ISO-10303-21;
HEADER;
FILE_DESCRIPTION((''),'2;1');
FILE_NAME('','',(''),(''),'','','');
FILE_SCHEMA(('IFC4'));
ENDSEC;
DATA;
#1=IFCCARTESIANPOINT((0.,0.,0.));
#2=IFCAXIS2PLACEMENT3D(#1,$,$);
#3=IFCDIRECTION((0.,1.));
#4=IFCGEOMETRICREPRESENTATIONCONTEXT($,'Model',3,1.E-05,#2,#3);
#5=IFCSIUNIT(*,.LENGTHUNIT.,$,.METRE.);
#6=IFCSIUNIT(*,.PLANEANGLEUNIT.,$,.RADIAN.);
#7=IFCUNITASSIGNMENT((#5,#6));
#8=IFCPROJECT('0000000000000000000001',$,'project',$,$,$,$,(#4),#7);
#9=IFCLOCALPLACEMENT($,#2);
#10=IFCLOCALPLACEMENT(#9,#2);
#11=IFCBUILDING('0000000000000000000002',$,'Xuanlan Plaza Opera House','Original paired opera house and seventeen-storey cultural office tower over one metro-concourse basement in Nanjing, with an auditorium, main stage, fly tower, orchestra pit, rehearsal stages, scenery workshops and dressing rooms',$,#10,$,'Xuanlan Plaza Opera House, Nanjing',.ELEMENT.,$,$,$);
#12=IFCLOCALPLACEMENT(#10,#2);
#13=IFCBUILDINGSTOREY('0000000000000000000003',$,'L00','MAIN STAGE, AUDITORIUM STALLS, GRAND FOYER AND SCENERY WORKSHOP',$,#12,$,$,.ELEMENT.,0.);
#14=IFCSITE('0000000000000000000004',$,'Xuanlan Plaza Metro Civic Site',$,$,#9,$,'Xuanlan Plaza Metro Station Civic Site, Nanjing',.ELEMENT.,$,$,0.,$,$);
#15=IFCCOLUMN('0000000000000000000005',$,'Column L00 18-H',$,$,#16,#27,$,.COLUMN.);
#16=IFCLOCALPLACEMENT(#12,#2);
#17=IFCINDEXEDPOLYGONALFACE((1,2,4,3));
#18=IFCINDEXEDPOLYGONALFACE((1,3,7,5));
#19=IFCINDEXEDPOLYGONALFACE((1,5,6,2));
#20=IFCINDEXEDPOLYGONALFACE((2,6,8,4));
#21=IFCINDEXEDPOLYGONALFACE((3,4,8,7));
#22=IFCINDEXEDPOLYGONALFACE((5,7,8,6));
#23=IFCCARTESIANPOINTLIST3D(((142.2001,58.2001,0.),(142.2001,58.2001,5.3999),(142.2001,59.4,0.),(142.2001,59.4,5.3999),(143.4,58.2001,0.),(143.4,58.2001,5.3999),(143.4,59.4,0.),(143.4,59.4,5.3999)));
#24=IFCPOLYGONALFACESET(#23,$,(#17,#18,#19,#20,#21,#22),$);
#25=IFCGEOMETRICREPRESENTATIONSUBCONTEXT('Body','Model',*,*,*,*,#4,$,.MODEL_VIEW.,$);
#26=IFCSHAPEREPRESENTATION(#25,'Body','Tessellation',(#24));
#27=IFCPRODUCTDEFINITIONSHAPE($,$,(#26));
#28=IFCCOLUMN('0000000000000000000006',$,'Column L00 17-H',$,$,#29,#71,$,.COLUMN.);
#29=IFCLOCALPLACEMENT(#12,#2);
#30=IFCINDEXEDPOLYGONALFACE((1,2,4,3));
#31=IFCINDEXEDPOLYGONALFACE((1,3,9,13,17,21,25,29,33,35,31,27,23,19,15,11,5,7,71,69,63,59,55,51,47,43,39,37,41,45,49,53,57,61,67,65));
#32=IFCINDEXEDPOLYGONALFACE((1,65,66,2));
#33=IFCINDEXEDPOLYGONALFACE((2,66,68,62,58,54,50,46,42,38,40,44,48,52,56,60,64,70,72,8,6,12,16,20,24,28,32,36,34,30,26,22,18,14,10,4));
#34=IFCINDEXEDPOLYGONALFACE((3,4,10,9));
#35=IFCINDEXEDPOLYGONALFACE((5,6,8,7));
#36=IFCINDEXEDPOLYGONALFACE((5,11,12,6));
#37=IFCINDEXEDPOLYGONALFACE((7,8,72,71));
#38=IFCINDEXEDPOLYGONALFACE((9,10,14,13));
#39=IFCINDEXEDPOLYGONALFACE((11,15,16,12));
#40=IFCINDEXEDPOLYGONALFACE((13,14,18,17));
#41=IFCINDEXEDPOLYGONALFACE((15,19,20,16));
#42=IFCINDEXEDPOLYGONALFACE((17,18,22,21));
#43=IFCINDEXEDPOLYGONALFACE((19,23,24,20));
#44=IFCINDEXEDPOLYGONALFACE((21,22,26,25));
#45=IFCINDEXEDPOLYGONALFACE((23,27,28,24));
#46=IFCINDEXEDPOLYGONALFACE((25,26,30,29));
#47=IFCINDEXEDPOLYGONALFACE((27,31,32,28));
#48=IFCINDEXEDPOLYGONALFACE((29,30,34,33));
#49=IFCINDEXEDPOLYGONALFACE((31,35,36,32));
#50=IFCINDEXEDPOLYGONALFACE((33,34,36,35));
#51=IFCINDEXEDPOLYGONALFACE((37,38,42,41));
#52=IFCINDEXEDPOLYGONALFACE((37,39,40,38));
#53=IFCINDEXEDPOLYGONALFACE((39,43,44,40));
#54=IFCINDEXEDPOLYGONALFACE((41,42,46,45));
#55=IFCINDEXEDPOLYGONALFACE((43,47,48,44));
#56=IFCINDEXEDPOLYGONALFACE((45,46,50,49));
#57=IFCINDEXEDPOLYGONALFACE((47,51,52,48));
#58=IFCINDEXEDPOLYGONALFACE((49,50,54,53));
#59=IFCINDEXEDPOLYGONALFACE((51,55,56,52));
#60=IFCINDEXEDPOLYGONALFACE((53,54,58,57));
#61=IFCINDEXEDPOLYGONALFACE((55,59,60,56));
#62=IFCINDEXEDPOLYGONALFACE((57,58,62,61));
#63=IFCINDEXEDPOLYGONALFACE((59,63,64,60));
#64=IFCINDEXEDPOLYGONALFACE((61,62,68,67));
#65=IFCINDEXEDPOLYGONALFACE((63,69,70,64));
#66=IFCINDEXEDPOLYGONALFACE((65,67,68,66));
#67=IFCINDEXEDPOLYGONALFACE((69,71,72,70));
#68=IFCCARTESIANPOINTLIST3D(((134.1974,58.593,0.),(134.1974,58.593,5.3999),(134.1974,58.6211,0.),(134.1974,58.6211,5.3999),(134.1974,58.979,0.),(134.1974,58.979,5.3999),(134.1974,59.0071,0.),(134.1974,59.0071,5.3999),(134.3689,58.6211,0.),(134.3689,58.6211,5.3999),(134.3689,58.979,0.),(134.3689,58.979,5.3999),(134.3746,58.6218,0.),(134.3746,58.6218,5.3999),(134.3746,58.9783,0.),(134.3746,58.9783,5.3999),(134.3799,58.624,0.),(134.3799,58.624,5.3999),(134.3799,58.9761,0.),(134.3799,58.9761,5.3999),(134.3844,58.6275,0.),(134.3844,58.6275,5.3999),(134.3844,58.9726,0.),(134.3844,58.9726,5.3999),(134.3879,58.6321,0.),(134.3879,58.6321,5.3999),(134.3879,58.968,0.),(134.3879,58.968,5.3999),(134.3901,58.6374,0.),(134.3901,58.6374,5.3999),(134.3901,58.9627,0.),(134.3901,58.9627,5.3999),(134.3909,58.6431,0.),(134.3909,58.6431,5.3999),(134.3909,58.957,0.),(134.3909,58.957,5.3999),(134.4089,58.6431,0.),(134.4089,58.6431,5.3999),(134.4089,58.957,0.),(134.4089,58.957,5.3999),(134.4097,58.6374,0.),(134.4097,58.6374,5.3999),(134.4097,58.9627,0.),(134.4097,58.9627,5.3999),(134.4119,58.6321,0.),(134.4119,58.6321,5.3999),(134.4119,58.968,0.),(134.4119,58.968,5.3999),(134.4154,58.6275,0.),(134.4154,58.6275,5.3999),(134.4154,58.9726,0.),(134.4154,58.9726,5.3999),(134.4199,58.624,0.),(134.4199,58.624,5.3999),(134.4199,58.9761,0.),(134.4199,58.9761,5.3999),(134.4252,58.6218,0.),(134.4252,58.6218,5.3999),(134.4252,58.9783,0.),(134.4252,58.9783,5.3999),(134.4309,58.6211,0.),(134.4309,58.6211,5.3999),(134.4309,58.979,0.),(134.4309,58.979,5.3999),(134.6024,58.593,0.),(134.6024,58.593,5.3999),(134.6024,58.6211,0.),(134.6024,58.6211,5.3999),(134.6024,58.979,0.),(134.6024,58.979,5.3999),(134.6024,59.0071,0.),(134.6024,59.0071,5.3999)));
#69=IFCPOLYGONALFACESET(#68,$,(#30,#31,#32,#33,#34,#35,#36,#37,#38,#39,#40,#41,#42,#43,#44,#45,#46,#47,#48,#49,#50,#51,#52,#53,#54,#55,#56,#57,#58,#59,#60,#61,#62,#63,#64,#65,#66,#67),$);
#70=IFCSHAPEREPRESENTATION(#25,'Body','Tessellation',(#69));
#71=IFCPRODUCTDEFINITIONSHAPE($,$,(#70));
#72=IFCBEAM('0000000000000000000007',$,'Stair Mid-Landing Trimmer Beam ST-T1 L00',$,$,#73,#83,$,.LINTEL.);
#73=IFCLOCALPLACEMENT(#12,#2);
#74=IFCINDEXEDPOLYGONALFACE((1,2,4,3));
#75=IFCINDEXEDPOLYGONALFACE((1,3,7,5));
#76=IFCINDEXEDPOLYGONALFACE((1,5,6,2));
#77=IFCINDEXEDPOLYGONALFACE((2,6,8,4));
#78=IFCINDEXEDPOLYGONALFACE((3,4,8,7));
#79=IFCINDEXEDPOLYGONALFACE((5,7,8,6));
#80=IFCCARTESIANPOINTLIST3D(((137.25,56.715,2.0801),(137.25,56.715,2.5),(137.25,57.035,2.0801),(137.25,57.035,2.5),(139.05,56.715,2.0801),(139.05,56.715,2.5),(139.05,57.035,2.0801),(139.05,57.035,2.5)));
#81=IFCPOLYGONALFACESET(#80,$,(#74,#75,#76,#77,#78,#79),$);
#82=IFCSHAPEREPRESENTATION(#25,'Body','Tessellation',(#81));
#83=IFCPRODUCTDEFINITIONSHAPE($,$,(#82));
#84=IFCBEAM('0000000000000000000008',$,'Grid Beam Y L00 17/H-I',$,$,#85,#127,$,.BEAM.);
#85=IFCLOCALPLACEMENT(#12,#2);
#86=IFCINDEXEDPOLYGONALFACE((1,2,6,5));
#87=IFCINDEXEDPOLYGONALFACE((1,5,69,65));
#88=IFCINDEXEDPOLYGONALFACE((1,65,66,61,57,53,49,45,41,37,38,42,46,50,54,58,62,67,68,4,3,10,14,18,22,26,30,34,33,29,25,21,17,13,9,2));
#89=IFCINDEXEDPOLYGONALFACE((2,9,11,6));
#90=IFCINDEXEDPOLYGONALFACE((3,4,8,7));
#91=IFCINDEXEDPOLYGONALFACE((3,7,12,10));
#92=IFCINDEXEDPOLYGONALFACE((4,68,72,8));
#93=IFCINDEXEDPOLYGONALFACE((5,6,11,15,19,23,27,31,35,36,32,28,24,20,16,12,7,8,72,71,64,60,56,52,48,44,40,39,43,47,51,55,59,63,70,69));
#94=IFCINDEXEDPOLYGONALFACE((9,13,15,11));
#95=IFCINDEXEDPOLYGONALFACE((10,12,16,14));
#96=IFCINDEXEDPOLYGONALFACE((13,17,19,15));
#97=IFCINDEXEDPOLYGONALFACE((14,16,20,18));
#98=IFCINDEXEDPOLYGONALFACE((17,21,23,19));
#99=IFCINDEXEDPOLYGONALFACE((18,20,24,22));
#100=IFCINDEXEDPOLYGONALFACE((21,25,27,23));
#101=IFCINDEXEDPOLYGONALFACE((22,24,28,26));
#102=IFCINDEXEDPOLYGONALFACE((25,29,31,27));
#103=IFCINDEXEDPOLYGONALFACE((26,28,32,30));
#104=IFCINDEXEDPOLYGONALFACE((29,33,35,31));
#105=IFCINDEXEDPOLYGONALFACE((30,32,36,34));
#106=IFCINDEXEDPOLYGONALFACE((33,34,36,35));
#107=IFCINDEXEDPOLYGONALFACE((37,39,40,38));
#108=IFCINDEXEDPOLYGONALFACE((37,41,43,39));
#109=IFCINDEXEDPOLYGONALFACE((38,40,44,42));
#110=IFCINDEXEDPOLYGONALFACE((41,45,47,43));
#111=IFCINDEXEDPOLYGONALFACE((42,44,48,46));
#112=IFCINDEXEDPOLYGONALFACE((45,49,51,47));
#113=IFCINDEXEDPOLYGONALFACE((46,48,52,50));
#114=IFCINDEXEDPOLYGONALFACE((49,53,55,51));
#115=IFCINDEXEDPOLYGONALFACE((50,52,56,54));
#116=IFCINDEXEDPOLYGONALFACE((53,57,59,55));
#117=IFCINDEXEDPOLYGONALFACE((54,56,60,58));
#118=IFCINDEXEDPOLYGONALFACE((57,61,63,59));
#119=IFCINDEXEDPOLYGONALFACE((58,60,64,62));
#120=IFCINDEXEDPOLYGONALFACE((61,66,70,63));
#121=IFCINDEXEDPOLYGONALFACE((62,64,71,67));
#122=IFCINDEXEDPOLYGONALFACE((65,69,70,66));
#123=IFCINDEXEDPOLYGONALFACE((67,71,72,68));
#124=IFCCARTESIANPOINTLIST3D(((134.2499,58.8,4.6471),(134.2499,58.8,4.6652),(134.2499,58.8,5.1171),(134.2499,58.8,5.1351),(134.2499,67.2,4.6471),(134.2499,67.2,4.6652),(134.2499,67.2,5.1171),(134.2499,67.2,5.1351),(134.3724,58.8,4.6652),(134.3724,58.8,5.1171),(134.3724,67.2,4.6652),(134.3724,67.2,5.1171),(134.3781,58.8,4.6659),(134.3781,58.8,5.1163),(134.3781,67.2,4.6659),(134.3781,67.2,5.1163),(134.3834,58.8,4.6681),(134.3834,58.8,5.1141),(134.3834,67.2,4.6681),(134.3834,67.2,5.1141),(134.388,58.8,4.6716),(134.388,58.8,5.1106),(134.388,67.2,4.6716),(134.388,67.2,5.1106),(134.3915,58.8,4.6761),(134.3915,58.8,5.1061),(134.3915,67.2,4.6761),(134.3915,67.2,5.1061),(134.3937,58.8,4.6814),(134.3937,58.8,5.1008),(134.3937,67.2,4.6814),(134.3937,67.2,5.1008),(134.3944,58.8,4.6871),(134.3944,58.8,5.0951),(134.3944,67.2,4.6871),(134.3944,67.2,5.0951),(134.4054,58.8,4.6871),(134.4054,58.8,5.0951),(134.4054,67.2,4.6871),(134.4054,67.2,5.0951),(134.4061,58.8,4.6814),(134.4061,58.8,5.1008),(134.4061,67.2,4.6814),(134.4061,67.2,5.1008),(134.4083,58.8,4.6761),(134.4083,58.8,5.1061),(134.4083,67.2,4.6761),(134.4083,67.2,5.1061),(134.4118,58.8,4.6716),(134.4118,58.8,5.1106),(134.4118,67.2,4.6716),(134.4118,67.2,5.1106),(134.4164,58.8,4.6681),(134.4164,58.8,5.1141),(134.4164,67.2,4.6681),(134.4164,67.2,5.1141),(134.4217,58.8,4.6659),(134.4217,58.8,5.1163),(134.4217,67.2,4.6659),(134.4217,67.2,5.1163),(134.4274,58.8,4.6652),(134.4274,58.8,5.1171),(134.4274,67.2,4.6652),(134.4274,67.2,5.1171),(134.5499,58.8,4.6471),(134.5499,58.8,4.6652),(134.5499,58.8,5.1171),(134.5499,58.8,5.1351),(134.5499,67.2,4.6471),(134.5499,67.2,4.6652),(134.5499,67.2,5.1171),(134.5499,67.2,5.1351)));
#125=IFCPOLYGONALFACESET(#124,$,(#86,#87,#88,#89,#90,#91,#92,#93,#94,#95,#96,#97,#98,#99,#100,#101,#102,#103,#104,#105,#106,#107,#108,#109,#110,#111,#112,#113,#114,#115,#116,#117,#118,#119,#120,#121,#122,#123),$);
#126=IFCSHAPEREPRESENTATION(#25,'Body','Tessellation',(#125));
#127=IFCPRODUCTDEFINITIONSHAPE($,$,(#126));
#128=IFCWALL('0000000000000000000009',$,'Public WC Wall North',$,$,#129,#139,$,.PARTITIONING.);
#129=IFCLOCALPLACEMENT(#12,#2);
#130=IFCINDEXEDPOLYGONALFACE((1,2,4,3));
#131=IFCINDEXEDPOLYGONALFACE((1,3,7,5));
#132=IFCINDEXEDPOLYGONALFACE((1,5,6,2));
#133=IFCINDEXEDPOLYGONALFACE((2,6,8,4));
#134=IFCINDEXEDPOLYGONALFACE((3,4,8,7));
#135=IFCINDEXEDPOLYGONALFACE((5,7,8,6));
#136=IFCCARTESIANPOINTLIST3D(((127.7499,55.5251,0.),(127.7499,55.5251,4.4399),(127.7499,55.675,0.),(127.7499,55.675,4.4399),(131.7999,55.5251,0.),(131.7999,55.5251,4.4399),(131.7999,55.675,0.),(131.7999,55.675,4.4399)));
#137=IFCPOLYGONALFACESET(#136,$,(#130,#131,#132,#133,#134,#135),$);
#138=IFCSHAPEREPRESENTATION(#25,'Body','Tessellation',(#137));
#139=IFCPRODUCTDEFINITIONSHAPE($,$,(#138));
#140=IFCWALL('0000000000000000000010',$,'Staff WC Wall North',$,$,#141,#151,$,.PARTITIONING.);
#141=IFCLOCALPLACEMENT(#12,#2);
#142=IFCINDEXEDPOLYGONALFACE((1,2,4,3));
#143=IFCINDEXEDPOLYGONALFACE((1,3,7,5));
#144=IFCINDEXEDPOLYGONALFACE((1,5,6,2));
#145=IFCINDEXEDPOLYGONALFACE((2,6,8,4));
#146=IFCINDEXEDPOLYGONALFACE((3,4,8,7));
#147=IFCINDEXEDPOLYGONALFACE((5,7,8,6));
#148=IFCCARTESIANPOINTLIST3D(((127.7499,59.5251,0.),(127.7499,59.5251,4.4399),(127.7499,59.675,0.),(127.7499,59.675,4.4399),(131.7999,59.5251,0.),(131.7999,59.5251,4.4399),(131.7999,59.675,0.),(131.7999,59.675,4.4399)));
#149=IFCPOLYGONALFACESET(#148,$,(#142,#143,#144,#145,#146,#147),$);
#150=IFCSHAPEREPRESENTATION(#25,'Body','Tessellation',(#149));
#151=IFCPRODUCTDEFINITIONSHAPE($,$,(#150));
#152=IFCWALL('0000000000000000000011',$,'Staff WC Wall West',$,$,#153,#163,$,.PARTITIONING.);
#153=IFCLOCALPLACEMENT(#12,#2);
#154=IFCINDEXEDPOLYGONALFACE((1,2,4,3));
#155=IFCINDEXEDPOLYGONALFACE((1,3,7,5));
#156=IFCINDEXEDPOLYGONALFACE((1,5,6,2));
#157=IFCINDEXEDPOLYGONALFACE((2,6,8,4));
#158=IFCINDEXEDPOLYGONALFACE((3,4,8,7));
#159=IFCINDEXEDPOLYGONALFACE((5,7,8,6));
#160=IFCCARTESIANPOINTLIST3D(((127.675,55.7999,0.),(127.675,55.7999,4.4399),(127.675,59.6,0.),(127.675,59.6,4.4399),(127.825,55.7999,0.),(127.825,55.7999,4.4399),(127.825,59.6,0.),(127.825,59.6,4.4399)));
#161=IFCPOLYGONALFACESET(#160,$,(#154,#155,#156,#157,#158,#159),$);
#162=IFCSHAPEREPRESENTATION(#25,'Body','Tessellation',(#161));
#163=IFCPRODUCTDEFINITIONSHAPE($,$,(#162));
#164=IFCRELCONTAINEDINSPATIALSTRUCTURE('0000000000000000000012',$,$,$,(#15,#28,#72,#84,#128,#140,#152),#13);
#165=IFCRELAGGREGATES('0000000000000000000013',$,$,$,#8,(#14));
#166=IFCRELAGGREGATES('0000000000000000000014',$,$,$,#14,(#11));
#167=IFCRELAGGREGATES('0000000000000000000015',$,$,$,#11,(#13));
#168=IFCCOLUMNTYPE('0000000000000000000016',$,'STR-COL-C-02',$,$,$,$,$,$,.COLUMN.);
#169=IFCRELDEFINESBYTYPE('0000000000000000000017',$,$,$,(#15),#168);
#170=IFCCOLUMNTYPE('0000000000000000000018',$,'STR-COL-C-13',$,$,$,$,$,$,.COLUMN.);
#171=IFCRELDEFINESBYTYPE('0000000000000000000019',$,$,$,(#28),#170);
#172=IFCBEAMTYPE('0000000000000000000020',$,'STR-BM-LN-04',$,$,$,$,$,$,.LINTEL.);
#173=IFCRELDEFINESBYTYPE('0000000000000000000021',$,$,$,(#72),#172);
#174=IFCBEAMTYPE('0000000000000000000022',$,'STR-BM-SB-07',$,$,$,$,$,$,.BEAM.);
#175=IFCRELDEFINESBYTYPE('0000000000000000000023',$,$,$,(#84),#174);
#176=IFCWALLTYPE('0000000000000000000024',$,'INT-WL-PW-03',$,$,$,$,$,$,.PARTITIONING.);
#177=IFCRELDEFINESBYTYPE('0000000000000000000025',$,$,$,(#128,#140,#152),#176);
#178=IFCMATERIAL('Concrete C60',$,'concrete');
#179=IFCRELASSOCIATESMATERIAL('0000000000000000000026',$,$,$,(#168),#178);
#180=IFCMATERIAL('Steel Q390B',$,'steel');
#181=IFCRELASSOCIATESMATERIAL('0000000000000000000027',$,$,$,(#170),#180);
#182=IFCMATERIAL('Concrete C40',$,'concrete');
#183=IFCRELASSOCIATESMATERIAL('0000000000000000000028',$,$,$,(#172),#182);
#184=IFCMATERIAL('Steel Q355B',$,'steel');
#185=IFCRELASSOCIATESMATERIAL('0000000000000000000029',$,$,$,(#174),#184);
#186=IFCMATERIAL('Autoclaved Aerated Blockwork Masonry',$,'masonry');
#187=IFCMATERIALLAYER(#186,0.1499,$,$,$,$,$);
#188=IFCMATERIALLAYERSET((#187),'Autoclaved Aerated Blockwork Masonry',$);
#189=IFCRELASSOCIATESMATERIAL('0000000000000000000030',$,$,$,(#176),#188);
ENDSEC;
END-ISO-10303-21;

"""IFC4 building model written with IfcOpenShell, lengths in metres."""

from ifc_helpers import new_model, si_unit, direction, frame, frame_2d, origin, origin_2d, place, context, subcontext, project, spatial, rectangle, i_section, extrude, material, layer, layer_set, material_profile, profile_set, type_object, element, save


model = new_model("IFC4")

# Units and contexts
model_context = context("Model", 3, precision=1e-05, world=origin(), true_north=direction((0.0, 1.0)))
body_context = subcontext(model_context, "Body", "Model", "MODEL_VIEW")
ifc_project = project(units=[si_unit("LENGTHUNIT", "METRE"), si_unit("PLANEANGLEUNIT", "RADIAN")], contexts=[model_context])

# Site, building, storey
site_placement = place(None, origin())
site = spatial("IfcSite", under=ifc_project, at=site_placement, Name="Xuanlan Plaza Metro Civic Site", LongName="Xuanlan Plaza Metro Station Civic Site, Nanjing", CompositionType="ELEMENT", RefElevation=0.0)
building_placement = place(site_placement, origin())
building = spatial("IfcBuilding", under=site, at=building_placement, Name="Xuanlan Plaza Opera House", Description="Original paired opera house and seventeen-storey cultural office tower over one metro-concourse basement in Nanjing, with an auditorium, main stage, fly tower, orchestra pit, rehearsal stages, scenery workshops and dressing rooms", LongName="Xuanlan Plaza Opera House, Nanjing", CompositionType="ELEMENT")
storey_placement = place(building_placement, origin())
storey = spatial("IfcBuildingStorey", under=building, at=storey_placement, Name="L00", Description="MAIN STAGE, AUDITORIUM STALLS, GRAND FOYER AND SCENERY WORKSHOP", CompositionType="ELEMENT", Elevation=0.0)

# Columns
ifc_material_1 = material(Name="Concrete C60", Category="concrete")
ifc_material_profile_1 = material_profile(ifc_material_1, rectangle(XDim=1.2, YDim=1.2, at=origin_2d()), Name="RC-COL 1200x1200")
ifc_profile_set_1 = profile_set([ifc_material_profile_1], Name="Concrete C60")
column_type_1 = type_object("IfcColumnType", Name="STR-COL-C-02", PredefinedType="COLUMN", material=ifc_profile_set_1)
column_1_placement = place(storey_placement, frame((142.8, 58.8, 0.0), z_axis=(0.0, 0.0, 1.0), x_axis=(1.0, 0.0, 0.0)))
element("IfcColumn", 1, at=column_1_placement, inside=storey, type_object=column_type_1, Name="Column L00 18-H", PredefinedType="COLUMN", context=body_context, shape_type="SweptSolid", body=[
    extrude(rectangle(XDim=1.2, YDim=1.2, at=origin_2d()), origin(), (0.0, 0.0, 1.0), 5.3999),
])
ifc_material_2 = material(Name="Steel Q390B", Category="steel")
ifc_material_profile_2 = material_profile(ifc_material_2, i_section(OverallWidth=0.405, OverallDepth=0.4141, WebThickness=0.0181, FlangeThickness=0.0281, FilletRadius=0.022, at=origin_2d()), Name="HW 414x405x18x28")
ifc_profile_set_2 = profile_set([ifc_material_profile_2], Name="Steel Q390B")
column_type_2 = type_object("IfcColumnType", Name="STR-COL-C-13", PredefinedType="COLUMN", material=ifc_profile_set_2)
column_2_placement = place(storey_placement, frame((134.3999, 58.8, 0.0), z_axis=(0.0, 0.0, 1.0), x_axis=(1.0, 0.0, 0.0)))
element("IfcColumn", 2, at=column_2_placement, inside=storey, type_object=column_type_2, Name="Column L00 17-H", PredefinedType="COLUMN", context=body_context, shape_type="SweptSolid", body=[
    extrude(i_section(OverallWidth=0.405, OverallDepth=0.4141, WebThickness=0.0181, FlangeThickness=0.0281, FilletRadius=0.022, at=origin_2d()), origin(), (0.0, 0.0, 1.0), 5.3999),
])

# Beams
ifc_material_3 = material(Name="Concrete C40", Category="concrete")
ifc_material_profile_3 = material_profile(ifc_material_3, rectangle(XDim=0.3201, YDim=0.4199, at=origin_2d()), Name="RC-LNT 320x420")
ifc_profile_set_3 = profile_set([ifc_material_profile_3], Name="Concrete C40")
beam_type_1 = type_object("IfcBeamType", Name="STR-BM-LN-04", PredefinedType="LINTEL", material=ifc_profile_set_3)
beam_1_placement = place(storey_placement, frame((137.25, 56.875, 2.29), z_axis=(1.0, 0.0, 0.0), x_axis=(0.0, 1.0, 0.0)))
element("IfcBeam", 3, at=beam_1_placement, inside=storey, type_object=beam_type_1, Name="Stair Mid-Landing Trimmer Beam ST-T1 L00", PredefinedType="LINTEL", context=body_context, shape_type="SweptSolid", body=[
    extrude(rectangle(XDim=0.3201, YDim=0.4199, at=origin_2d()), origin(), (0.0, 0.0, 1.0), 1.8),
])
ifc_material_4 = material(Name="Steel Q355B", Category="steel")
ifc_material_profile_4 = material_profile(ifc_material_4, i_section(OverallWidth=0.3, OverallDepth=0.488, WebThickness=0.011, FlangeThickness=0.0181, FilletRadius=0.022, at=origin_2d()), Name="HM 488x300x11x18")
ifc_profile_set_4 = profile_set([ifc_material_profile_4], Name="Steel Q355B")
beam_type_2 = type_object("IfcBeamType", Name="STR-BM-SB-07", PredefinedType="BEAM", material=ifc_profile_set_4)
beam_2_placement = place(storey_placement, frame((134.3999, 58.8, 4.8911), z_axis=(0.0, 1.0, 0.0), x_axis=(-1.0, 0.0, 0.0)))
element("IfcBeam", 4, at=beam_2_placement, inside=storey, type_object=beam_type_2, Name="Grid Beam Y L00 17/H-I", PredefinedType="BEAM", context=body_context, shape_type="SweptSolid", body=[
    extrude(i_section(OverallWidth=0.3, OverallDepth=0.488, WebThickness=0.011, FlangeThickness=0.0181, FilletRadius=0.022, at=origin_2d()), origin(), (0.0, 0.0, 1.0), 8.3999),
])

# Walls
ifc_material_5 = material(Name="Autoclaved Aerated Blockwork Masonry", Category="masonry")
ifc_layer_1 = layer(ifc_material_5, 0.1499)
ifc_layer_set_1 = layer_set([ifc_layer_1], Name="Autoclaved Aerated Blockwork Masonry")
wall_type_1 = type_object("IfcWallType", Name="INT-WL-PW-03", PredefinedType="PARTITIONING", material=ifc_layer_set_1)
for number, where, z_axis, x_axis, name in (
    (5, (127.75, 55.6001, 0.0), (0.0, 0.0, 1.0), (1.0, 0.0, 0.0), "Public WC Wall North"),
    (6, (127.75, 59.6001, 0.0), (0.0, 0.0, 1.0), (1.0, 0.0, 0.0), "Staff WC Wall North"),
):
    element("IfcWall", number, at=place(storey_placement, frame(where, z_axis=z_axis, x_axis=x_axis)), inside=storey, type_object=wall_type_1, Name=name, PredefinedType="PARTITIONING", context=body_context, shape_type="SweptSolid", body=[
        extrude(rectangle(XDim=4.05, YDim=0.1499, at=frame_2d((2.0249, 0.0))), origin(), (0.0, 0.0, 1.0), 4.4399),
    ])
wall_1_placement = place(storey_placement, frame((127.75, 55.8, 0.0), z_axis=(0.0, 0.0, 1.0), x_axis=(0.0, 1.0, 0.0)))
element("IfcWall", 7, at=wall_1_placement, inside=storey, type_object=wall_type_1, Name="Staff WC Wall West", PredefinedType="PARTITIONING", context=body_context, shape_type="SweptSolid", body=[
    extrude(rectangle(XDim=3.8, YDim=0.1499, at=frame_2d((1.8999, 0.0))), origin(), (0.0, 0.0, 1.0), 4.4399),
])

save(model, "model.ifc")
